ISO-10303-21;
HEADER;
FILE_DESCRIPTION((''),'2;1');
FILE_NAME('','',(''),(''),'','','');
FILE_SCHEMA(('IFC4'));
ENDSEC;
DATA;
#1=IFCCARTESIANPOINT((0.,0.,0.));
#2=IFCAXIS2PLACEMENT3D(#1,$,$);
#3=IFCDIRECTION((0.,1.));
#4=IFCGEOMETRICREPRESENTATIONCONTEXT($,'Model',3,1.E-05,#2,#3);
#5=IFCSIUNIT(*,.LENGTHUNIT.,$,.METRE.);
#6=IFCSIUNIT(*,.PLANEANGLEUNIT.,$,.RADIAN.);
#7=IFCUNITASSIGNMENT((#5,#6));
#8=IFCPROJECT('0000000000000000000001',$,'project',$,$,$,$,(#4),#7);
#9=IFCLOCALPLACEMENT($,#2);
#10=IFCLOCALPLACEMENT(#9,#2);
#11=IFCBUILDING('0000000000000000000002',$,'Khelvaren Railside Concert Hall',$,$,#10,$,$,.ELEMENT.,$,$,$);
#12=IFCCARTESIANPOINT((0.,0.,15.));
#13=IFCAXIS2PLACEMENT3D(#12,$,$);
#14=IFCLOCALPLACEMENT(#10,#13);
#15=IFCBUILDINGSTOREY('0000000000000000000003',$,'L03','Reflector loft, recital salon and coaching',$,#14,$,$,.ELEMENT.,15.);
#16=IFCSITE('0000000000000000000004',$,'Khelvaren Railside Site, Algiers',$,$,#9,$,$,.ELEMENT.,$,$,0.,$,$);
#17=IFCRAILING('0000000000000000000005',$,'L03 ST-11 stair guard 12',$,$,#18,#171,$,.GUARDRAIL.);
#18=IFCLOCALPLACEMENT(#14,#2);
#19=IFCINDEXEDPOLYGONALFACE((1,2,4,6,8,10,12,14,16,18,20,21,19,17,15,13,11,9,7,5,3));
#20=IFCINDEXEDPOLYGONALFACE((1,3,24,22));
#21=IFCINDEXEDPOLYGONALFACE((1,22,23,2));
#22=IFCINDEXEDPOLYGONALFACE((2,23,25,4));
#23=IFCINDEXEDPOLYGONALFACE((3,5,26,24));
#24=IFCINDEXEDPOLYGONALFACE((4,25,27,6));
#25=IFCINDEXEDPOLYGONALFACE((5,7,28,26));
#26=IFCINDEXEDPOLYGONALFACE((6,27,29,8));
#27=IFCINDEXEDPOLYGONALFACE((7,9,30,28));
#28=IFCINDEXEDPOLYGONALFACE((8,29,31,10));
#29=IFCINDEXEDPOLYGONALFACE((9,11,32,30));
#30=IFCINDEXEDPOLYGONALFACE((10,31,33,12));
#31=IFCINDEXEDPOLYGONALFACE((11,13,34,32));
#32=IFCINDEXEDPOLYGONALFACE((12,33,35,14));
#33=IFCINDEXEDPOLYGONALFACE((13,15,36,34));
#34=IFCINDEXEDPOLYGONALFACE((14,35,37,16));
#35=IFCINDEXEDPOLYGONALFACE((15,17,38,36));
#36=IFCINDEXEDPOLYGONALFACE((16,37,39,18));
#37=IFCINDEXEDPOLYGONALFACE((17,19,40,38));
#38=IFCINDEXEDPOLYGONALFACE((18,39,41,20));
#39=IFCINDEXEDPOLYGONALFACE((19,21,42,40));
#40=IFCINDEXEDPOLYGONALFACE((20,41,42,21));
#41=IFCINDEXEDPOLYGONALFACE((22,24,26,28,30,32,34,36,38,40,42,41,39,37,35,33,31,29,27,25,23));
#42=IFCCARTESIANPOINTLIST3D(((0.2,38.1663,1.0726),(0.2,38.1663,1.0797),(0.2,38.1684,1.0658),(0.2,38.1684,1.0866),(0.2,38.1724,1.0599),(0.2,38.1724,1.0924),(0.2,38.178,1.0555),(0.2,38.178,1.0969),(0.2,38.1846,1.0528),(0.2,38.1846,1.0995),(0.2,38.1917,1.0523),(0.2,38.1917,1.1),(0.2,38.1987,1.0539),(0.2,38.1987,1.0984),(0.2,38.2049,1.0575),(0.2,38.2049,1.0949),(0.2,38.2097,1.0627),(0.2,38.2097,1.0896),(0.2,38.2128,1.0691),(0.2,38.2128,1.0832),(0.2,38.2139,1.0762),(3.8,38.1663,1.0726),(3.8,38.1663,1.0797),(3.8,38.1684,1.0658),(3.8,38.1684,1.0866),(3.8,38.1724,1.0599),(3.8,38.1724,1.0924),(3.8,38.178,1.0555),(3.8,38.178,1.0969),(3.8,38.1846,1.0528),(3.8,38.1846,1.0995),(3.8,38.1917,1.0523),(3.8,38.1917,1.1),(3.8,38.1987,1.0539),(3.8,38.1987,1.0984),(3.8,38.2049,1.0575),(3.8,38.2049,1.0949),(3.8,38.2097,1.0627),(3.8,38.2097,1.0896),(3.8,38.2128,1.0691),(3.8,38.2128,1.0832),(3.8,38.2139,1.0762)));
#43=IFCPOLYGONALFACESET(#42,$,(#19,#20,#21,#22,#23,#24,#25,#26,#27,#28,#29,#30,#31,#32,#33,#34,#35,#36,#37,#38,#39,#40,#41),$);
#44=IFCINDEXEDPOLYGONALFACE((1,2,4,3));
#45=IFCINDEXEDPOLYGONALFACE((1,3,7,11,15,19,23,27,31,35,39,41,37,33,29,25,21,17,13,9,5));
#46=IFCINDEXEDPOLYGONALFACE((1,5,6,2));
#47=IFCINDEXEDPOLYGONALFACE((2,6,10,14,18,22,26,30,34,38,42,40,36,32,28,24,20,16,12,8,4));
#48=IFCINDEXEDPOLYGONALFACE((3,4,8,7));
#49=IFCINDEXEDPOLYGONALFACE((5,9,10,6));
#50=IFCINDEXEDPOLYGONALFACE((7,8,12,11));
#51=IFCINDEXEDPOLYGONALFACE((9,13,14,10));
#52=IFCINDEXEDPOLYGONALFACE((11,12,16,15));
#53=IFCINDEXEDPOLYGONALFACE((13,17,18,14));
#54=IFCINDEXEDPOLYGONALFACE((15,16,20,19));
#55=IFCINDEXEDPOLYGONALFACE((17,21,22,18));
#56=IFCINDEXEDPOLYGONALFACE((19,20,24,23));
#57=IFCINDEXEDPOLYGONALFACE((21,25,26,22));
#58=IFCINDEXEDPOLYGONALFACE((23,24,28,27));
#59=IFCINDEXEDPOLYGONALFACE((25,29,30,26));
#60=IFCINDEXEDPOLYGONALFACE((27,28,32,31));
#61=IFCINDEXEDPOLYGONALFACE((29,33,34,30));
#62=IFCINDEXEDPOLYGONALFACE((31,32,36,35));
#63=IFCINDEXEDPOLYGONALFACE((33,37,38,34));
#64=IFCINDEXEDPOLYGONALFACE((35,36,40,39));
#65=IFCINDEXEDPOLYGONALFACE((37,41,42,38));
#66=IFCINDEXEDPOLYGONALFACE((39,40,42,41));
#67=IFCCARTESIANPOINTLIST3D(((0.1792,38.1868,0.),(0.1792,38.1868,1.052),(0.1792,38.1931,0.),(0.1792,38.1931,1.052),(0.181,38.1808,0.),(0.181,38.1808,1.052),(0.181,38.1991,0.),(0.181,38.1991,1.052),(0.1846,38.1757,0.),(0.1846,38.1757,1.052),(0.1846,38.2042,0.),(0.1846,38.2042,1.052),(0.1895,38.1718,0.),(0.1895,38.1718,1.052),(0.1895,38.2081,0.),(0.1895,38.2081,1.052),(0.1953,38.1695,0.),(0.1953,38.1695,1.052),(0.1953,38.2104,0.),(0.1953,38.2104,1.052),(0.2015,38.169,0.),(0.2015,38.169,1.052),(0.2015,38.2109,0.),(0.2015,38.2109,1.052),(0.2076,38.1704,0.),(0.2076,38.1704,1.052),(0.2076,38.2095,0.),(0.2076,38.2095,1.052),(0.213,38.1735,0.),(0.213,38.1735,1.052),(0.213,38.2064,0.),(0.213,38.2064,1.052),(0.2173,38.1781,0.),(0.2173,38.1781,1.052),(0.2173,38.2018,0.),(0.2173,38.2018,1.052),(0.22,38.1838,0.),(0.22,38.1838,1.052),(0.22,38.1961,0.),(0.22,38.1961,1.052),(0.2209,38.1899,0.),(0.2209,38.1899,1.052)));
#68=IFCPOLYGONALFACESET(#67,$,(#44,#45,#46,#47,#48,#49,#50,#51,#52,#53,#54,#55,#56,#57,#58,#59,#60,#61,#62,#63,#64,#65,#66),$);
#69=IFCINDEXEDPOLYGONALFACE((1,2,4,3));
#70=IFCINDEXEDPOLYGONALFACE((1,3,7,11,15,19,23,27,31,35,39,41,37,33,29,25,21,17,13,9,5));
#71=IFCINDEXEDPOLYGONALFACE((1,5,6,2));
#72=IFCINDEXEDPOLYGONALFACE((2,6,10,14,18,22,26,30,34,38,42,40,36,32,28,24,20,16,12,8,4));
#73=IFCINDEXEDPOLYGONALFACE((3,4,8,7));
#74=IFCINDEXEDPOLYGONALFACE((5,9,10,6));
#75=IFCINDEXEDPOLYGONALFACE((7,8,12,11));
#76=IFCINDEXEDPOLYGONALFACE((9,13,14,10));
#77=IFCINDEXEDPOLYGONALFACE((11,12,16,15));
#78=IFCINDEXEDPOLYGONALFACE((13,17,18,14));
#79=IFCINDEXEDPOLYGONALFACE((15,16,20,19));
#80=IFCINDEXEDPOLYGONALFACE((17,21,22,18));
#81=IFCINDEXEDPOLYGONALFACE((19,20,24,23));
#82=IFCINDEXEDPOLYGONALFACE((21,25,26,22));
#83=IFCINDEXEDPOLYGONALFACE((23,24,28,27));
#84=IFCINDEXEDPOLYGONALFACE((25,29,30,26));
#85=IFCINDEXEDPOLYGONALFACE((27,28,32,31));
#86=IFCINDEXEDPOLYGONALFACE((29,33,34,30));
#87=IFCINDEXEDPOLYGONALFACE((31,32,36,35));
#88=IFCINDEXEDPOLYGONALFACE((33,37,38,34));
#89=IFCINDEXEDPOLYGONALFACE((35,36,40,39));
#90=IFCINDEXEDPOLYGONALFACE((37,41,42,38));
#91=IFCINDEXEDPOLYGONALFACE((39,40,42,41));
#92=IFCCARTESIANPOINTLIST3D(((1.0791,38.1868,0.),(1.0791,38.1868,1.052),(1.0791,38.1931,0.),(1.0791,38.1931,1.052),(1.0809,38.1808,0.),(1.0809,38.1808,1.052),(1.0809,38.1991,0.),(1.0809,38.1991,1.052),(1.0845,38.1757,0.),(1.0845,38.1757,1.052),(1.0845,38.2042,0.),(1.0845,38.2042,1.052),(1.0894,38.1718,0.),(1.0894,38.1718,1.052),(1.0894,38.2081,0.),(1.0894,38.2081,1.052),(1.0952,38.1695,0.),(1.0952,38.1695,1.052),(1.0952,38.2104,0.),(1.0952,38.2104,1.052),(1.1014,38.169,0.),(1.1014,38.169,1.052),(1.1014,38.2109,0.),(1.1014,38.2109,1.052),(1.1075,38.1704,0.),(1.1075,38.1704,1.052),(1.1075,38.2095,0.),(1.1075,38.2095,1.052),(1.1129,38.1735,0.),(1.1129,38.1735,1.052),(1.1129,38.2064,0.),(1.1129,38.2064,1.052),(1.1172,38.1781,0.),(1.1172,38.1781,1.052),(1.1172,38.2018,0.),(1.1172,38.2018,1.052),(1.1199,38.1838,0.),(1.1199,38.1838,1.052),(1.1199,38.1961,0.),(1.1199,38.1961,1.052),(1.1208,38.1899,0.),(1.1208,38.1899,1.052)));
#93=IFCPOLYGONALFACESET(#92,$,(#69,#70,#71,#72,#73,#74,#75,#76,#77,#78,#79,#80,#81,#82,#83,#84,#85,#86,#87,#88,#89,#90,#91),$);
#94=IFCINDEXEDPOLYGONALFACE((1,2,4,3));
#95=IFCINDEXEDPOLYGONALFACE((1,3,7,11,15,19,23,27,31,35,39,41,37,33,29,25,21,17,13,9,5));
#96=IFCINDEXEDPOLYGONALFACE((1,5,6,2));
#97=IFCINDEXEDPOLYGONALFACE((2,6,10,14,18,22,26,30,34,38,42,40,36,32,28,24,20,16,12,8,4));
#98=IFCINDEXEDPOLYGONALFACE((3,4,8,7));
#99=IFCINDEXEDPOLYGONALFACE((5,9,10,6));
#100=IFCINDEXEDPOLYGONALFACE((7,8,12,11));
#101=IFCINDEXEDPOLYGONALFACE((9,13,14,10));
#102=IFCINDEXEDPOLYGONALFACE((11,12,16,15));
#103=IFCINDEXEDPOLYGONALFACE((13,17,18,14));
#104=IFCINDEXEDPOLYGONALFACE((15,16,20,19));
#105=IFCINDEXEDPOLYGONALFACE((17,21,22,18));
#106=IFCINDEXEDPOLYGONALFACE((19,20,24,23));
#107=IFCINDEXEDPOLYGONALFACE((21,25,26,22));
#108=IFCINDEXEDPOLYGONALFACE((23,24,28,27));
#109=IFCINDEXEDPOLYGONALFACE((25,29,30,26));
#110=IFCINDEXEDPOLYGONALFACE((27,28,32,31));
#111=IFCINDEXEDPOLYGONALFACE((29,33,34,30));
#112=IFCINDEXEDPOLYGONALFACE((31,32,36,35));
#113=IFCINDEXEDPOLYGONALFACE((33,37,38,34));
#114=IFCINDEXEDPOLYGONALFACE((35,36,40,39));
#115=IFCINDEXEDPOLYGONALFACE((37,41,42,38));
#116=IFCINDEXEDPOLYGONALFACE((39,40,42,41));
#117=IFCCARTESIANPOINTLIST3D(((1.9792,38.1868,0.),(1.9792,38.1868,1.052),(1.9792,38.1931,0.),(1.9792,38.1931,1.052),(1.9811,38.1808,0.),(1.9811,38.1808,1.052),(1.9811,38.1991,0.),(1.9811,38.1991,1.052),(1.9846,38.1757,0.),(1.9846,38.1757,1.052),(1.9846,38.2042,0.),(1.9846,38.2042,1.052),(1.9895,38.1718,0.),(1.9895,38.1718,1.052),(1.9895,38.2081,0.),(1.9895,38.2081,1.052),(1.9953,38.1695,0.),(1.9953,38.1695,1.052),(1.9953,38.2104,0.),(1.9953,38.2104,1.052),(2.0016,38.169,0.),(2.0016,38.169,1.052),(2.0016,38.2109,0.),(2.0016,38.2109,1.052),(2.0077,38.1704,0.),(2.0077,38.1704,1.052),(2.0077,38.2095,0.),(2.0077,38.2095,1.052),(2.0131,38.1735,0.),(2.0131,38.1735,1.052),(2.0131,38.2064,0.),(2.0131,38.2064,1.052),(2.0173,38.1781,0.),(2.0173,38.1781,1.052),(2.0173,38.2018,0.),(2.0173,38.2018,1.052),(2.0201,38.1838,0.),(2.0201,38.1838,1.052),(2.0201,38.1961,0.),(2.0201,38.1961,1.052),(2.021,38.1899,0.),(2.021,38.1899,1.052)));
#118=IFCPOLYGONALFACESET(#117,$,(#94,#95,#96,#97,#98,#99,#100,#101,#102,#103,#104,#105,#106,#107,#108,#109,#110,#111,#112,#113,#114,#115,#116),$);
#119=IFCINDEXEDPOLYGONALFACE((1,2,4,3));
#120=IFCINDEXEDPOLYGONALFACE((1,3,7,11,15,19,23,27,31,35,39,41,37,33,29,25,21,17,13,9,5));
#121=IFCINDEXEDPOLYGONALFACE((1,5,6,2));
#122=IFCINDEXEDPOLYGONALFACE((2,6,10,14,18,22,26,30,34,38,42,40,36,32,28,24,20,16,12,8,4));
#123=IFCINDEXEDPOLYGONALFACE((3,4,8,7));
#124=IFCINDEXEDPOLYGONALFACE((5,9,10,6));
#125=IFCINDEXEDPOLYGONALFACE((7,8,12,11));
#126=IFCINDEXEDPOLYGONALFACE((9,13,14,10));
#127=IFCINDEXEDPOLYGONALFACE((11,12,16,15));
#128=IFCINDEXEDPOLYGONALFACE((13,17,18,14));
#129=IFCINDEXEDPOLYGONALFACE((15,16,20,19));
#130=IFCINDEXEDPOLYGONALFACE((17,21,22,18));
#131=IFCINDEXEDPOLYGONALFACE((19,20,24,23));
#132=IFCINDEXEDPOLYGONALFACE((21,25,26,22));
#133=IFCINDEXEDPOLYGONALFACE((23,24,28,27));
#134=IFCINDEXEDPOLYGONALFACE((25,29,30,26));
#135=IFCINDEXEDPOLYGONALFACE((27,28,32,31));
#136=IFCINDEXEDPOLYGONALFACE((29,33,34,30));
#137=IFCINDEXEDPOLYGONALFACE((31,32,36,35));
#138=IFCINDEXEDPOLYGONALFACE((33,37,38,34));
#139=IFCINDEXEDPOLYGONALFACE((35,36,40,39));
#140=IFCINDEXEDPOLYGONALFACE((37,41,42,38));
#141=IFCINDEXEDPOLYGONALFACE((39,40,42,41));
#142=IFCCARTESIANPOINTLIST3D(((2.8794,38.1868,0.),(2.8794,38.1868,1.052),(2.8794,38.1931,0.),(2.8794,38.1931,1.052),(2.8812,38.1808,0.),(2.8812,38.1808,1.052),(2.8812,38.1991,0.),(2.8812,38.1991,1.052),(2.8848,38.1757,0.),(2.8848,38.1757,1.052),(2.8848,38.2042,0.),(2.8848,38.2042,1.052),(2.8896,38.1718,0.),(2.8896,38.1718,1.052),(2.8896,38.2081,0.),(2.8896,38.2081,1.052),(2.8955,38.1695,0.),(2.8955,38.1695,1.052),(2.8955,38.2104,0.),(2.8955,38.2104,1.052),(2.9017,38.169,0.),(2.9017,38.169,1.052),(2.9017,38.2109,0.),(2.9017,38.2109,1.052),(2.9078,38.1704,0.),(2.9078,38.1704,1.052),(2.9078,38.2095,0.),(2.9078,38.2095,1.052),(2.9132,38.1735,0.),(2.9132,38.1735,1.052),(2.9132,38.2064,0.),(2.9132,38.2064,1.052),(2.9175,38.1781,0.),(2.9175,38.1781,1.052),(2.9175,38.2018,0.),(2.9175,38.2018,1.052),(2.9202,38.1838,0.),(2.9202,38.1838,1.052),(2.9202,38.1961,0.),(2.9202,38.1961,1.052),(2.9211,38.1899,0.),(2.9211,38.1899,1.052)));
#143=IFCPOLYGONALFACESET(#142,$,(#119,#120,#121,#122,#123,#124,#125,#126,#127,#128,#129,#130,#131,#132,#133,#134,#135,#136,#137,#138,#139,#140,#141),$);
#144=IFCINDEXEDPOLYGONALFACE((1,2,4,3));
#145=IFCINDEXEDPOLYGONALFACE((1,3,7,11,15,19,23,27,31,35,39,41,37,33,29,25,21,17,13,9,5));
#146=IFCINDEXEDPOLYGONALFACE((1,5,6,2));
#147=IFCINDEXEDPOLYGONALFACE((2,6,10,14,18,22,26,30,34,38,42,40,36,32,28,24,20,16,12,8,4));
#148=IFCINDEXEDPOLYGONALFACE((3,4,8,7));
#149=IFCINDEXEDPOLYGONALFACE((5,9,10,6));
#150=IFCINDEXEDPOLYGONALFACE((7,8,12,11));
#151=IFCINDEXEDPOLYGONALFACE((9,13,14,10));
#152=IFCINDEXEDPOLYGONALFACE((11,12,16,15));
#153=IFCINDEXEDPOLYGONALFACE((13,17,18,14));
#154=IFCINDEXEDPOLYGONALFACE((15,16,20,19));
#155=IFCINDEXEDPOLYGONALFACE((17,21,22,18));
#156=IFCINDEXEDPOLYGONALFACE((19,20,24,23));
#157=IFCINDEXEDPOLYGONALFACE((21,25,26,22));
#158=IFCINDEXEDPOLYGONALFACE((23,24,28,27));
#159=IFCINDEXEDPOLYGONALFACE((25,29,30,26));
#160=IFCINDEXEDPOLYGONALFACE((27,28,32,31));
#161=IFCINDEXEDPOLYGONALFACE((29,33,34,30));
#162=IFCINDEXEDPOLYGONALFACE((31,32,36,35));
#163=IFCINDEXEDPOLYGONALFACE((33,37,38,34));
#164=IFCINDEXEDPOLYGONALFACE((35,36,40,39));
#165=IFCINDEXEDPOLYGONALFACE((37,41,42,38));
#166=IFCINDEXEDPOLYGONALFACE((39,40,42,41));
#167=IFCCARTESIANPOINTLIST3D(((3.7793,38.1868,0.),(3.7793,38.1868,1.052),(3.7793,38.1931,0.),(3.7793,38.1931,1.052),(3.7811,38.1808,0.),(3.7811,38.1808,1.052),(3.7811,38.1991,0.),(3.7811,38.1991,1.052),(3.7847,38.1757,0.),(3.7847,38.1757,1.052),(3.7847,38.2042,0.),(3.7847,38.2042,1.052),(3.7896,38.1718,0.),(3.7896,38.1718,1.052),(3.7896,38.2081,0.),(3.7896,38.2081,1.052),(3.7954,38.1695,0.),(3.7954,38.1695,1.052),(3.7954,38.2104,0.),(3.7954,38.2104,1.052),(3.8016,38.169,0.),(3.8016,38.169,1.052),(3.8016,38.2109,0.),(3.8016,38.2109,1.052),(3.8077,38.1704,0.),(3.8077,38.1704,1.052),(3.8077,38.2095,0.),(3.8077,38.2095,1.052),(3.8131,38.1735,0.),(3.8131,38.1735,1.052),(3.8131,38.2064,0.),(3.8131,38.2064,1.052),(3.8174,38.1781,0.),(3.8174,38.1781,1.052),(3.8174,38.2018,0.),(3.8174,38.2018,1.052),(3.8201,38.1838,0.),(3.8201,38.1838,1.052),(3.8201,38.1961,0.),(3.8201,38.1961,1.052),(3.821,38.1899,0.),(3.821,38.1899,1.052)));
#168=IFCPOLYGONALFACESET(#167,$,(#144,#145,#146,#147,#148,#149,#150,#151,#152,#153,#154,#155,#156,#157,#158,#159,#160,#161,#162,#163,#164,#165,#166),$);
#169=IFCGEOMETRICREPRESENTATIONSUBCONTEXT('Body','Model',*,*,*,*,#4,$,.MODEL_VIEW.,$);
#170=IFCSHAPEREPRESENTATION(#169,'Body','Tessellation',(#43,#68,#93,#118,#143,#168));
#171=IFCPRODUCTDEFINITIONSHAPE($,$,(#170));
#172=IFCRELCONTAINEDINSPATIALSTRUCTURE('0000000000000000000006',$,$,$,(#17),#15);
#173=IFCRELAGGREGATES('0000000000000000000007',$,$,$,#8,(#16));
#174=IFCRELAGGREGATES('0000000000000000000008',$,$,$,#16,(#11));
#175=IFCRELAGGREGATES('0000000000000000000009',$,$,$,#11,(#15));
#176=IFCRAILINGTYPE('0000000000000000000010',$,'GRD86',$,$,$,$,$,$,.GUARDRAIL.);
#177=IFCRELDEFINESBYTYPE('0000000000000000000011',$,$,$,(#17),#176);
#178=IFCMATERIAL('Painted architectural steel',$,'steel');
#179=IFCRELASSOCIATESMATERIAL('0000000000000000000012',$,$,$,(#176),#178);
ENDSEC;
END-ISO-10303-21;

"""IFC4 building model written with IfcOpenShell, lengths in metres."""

from ifc_helpers import new_model, si_unit, direction, frame, origin, origin_2d, place, context, subcontext, project, spatial, circle, extrude, material, type_object, element, save


model = new_model("IFC4")

# Units and contexts
model_context = context("Model", 3, precision=1e-05, world=origin(), true_north=direction((0.0, 1.0)))
body_context = subcontext(model_context, "Body", "Model", "MODEL_VIEW")
ifc_project = project(units=[si_unit("LENGTHUNIT", "METRE"), si_unit("PLANEANGLEUNIT", "RADIAN")], contexts=[model_context])

# Site, building, storey
site_placement = place(None, origin())
site = spatial("IfcSite", under=ifc_project, at=site_placement, Name="Khelvaren Railside Site, Algiers", CompositionType="ELEMENT", RefElevation=0.0)
building_placement = place(site_placement, origin())
building = spatial("IfcBuilding", under=site, at=building_placement, Name="Khelvaren Railside Concert Hall", CompositionType="ELEMENT")
storey_placement = place(building_placement, frame((0.0, 0.0, 15.0)))
storey = spatial("IfcBuildingStorey", under=building, at=storey_placement, Name="L03", Description="Reflector loft, recital salon and coaching", CompositionType="ELEMENT", Elevation=15.0)

# Railing
ifc_material_1 = material(Name="Painted architectural steel", Category="steel")
railing_type_1 = type_object("IfcRailingType", Name="GRD86", PredefinedType="GUARDRAIL", material=ifc_material_1)
railing_1_placement = place(storey_placement, frame((0.2, 38.1899, 0.0)))
element("IfcRailing", 1, at=railing_1_placement, inside=storey, type_object=railing_type_1, Name="L03 ST-11 stair guard 12", PredefinedType="GUARDRAIL", context=body_context, shape_type="SweptSolid", body=[
    extrude(circle(Radius=0.0239, at=origin_2d()), frame((0.0, 0.0, 1.0762), z_axis=(1.0, 0.0, 0.0), x_axis=(0.0, 1.0, 0.0)), (0.0, 0.0, 1.0), 3.6001),
    extrude(circle(Radius=0.021, at=origin_2d()), origin(), (0.0, 0.0, 1.0), 1.052),
    extrude(circle(Radius=0.021, at=origin_2d()), frame((0.8999, 0.0, 0.0)), (0.0, 0.0, 1.0), 1.052),
    extrude(circle(Radius=0.021, at=origin_2d()), frame((1.8, 0.0, 0.0)), (0.0, 0.0, 1.0), 1.052),
    extrude(circle(Radius=0.021, at=origin_2d()), frame((2.7002, 0.0, 0.0)), (0.0, 0.0, 1.0), 1.052),
    extrude(circle(Radius=0.021, at=origin_2d()), frame((3.6001, 0.0, 0.0)), (0.0, 0.0, 1.0), 1.052),
])

save(model, "model.ifc")
